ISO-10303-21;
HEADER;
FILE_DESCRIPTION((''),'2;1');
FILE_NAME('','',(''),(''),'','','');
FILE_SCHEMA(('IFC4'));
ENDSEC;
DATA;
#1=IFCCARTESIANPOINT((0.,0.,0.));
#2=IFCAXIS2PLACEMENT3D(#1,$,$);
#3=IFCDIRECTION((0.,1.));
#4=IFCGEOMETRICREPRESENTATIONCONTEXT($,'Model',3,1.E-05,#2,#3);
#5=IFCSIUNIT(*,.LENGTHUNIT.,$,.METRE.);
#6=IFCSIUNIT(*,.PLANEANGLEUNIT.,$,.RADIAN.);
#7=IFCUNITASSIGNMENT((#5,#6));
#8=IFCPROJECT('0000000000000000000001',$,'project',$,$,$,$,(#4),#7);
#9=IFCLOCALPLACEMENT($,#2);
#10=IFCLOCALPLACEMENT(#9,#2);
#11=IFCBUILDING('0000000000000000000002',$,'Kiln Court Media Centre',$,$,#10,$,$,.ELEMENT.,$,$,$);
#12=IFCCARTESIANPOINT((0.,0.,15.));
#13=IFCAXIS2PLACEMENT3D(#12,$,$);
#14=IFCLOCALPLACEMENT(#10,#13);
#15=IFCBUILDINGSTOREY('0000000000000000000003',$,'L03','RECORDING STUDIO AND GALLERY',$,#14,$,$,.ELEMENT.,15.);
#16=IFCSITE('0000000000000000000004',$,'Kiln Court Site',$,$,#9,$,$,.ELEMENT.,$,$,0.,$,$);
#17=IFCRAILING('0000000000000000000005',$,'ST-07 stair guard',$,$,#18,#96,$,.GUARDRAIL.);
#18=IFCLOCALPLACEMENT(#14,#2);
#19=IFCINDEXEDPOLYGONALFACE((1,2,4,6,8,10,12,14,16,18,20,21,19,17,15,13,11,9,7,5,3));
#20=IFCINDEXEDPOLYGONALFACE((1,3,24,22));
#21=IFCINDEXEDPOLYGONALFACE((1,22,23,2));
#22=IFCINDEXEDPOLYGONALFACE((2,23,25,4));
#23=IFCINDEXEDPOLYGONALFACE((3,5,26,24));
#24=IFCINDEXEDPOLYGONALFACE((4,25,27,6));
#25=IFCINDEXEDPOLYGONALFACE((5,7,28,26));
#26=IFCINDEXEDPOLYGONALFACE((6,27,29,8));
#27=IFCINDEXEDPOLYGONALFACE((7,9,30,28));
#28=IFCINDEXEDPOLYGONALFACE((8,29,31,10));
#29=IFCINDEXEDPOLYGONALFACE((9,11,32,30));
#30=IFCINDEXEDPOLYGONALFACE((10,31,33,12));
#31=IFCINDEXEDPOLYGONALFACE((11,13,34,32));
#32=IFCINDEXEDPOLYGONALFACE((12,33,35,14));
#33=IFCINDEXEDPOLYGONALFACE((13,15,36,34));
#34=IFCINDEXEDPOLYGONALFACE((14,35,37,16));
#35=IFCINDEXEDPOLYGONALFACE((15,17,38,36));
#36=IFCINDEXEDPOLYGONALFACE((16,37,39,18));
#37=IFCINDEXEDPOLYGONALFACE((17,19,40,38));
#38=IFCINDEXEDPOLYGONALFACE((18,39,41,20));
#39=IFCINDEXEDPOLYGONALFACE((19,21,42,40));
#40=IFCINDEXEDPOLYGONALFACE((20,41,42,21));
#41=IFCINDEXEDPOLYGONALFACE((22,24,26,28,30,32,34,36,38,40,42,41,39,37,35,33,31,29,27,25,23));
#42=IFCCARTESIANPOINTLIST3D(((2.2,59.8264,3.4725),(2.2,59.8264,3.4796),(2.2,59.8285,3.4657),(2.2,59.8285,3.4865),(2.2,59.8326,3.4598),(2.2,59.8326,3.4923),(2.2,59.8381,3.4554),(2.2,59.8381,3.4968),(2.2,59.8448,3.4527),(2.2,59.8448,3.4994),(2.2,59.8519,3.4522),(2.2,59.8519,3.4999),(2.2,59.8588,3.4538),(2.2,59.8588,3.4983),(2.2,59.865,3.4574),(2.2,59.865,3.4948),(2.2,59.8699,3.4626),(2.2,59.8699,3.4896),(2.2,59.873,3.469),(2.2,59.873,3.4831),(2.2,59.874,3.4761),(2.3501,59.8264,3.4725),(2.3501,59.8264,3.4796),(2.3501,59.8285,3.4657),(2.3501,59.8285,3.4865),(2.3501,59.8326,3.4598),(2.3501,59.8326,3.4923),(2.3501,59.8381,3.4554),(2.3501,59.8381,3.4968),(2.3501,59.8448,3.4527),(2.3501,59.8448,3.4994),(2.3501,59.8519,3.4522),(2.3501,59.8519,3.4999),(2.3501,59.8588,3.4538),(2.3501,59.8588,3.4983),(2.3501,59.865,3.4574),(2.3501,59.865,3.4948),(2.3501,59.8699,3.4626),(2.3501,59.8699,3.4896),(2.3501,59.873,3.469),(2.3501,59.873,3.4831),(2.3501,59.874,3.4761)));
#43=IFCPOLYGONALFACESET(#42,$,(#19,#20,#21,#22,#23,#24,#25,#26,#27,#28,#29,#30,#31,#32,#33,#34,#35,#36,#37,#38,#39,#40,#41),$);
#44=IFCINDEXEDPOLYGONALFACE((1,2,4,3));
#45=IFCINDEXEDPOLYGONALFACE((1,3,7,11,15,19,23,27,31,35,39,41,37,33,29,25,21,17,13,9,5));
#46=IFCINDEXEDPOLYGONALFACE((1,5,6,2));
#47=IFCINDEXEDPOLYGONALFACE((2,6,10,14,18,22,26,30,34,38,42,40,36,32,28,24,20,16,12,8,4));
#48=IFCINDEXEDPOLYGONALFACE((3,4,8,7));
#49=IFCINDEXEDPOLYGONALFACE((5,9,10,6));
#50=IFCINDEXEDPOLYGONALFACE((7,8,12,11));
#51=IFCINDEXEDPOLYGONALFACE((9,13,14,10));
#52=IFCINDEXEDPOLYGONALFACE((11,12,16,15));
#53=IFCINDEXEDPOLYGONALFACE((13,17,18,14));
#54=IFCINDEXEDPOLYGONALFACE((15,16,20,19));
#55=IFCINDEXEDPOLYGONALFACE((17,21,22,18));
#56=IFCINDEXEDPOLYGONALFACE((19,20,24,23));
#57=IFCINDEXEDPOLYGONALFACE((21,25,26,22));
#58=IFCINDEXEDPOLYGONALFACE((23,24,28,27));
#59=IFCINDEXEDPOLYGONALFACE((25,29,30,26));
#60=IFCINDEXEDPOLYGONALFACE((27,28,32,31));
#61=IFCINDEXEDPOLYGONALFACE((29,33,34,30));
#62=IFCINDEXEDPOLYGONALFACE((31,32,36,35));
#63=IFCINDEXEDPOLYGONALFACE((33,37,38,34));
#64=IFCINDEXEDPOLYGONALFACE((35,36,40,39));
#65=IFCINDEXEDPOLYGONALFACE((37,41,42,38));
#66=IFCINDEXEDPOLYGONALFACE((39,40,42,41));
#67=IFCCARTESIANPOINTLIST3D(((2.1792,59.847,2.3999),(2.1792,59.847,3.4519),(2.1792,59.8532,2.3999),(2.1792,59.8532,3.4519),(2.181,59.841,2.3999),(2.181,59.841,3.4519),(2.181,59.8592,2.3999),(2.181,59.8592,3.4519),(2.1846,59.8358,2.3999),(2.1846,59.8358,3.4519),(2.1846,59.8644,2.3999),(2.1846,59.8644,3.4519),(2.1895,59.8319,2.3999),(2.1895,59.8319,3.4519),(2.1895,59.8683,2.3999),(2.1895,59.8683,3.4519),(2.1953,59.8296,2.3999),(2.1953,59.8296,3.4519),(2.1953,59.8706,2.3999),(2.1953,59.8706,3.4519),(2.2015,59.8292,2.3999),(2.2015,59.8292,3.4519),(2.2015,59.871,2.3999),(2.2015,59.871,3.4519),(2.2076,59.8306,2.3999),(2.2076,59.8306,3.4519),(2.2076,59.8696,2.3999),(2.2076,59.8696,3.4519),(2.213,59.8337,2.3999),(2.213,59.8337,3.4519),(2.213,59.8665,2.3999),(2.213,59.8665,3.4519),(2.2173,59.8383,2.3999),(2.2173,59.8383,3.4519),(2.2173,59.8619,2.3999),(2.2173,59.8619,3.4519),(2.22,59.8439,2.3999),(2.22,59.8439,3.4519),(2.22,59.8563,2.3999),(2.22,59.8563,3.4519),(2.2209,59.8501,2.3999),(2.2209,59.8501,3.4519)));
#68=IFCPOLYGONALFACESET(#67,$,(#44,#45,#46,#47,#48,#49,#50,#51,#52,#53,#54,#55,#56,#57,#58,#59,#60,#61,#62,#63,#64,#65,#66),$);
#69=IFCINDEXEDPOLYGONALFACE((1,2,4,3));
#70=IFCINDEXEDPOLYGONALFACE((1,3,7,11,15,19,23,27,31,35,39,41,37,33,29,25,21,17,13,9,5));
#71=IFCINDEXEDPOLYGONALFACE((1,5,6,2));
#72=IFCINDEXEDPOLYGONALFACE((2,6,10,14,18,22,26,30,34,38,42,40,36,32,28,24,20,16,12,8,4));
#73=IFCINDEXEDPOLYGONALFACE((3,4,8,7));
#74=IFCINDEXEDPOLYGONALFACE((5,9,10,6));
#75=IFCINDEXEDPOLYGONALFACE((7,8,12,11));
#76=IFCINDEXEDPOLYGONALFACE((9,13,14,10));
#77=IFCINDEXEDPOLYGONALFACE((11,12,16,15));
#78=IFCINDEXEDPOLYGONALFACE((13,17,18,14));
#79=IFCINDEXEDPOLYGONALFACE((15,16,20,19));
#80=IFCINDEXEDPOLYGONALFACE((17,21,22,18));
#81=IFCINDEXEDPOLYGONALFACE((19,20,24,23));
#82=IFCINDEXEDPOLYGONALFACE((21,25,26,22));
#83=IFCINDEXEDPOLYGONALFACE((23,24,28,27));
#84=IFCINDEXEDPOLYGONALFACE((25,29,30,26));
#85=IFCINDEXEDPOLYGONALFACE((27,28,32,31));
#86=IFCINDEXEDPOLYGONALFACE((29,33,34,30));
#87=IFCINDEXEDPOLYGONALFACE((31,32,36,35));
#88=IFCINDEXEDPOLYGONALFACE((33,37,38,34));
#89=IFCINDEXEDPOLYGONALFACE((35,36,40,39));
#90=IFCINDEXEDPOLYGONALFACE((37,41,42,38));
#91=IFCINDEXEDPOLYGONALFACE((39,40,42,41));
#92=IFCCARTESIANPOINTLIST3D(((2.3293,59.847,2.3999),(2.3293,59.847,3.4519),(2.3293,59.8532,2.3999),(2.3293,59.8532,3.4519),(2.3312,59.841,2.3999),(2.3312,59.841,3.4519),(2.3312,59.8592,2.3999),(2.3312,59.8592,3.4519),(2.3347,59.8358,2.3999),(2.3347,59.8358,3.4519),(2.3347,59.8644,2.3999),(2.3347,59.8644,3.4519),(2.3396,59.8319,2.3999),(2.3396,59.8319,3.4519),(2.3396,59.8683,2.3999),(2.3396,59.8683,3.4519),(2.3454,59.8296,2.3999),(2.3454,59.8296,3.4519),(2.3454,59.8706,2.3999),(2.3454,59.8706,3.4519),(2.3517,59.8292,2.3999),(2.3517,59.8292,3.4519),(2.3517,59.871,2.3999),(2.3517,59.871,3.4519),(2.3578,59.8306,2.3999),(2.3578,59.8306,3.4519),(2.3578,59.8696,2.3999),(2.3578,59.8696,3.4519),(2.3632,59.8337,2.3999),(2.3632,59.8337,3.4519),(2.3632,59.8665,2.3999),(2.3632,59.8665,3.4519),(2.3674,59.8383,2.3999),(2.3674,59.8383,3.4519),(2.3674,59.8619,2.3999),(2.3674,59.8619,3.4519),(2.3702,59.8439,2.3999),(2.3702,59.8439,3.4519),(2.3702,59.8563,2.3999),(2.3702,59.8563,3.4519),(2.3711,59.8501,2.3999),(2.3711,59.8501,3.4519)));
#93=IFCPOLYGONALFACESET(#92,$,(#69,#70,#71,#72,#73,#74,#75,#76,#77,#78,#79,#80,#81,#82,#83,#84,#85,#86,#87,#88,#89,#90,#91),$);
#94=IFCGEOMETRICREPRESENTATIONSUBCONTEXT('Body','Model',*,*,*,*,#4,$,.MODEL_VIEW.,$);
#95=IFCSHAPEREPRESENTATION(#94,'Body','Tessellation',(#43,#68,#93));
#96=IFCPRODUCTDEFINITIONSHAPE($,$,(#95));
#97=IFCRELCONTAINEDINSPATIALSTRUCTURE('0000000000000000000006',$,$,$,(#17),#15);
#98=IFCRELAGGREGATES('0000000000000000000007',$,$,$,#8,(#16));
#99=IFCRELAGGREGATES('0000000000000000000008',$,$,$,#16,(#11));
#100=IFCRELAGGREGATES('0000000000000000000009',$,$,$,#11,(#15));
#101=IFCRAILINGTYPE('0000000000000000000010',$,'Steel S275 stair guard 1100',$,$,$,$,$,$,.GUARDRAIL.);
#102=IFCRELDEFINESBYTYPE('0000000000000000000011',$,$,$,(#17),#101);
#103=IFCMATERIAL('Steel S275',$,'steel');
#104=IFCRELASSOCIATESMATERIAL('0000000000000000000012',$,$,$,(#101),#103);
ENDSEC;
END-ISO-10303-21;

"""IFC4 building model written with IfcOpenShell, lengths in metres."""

from ifc_helpers import new_model, si_unit, direction, frame, origin, origin_2d, place, context, subcontext, project, spatial, circle, extrude, material, type_object, element, save


model = new_model("IFC4")

# Units and contexts
model_context = context("Model", 3, precision=1e-05, world=origin(), true_north=direction((0.0, 1.0)))
body_context = subcontext(model_context, "Body", "Model", "MODEL_VIEW")
ifc_project = project(units=[si_unit("LENGTHUNIT", "METRE"), si_unit("PLANEANGLEUNIT", "RADIAN")], contexts=[model_context])

# Site, building, storey
site_placement = place(None, origin())
site = spatial("IfcSite", under=ifc_project, at=site_placement, Name="Kiln Court Site", CompositionType="ELEMENT", RefElevation=0.0)
building_placement = place(site_placement, origin())
building = spatial("IfcBuilding", under=site, at=building_placement, Name="Kiln Court Media Centre", CompositionType="ELEMENT")
storey_placement = place(building_placement, frame((0.0, 0.0, 15.0)))
storey = spatial("IfcBuildingStorey", under=building, at=storey_placement, Name="L03", Description="RECORDING STUDIO AND GALLERY", CompositionType="ELEMENT", Elevation=15.0)

# Railing
ifc_material_1 = material(Name="Steel S275", Category="steel")
railing_type_1 = type_object("IfcRailingType", Name="Steel S275 stair guard 1100", PredefinedType="GUARDRAIL", material=ifc_material_1)
railing_1_placement = place(storey_placement, frame((2.2, 59.8501, 2.3999)))
element("IfcRailing", 1, at=railing_1_placement, inside=storey, type_object=railing_type_1, Name="ST-07 stair guard", PredefinedType="GUARDRAIL", context=body_context, shape_type="SweptSolid", body=[
    extrude(circle(Radius=0.0239, at=origin_2d()), frame((0.0, 0.0, 1.0762), z_axis=(1.0, 0.0, 0.0), x_axis=(0.0, 1.0, 0.0)), (0.0, 0.0, 1.0), 0.1501),
    extrude(circle(Radius=0.021, at=origin_2d()), origin(), (0.0, 0.0, 1.0), 1.052),
    extrude(circle(Radius=0.021, at=origin_2d()), frame((0.1501, 0.0, 0.0)), (0.0, 0.0, 1.0), 1.052),
])

save(model, "model.ifc")
